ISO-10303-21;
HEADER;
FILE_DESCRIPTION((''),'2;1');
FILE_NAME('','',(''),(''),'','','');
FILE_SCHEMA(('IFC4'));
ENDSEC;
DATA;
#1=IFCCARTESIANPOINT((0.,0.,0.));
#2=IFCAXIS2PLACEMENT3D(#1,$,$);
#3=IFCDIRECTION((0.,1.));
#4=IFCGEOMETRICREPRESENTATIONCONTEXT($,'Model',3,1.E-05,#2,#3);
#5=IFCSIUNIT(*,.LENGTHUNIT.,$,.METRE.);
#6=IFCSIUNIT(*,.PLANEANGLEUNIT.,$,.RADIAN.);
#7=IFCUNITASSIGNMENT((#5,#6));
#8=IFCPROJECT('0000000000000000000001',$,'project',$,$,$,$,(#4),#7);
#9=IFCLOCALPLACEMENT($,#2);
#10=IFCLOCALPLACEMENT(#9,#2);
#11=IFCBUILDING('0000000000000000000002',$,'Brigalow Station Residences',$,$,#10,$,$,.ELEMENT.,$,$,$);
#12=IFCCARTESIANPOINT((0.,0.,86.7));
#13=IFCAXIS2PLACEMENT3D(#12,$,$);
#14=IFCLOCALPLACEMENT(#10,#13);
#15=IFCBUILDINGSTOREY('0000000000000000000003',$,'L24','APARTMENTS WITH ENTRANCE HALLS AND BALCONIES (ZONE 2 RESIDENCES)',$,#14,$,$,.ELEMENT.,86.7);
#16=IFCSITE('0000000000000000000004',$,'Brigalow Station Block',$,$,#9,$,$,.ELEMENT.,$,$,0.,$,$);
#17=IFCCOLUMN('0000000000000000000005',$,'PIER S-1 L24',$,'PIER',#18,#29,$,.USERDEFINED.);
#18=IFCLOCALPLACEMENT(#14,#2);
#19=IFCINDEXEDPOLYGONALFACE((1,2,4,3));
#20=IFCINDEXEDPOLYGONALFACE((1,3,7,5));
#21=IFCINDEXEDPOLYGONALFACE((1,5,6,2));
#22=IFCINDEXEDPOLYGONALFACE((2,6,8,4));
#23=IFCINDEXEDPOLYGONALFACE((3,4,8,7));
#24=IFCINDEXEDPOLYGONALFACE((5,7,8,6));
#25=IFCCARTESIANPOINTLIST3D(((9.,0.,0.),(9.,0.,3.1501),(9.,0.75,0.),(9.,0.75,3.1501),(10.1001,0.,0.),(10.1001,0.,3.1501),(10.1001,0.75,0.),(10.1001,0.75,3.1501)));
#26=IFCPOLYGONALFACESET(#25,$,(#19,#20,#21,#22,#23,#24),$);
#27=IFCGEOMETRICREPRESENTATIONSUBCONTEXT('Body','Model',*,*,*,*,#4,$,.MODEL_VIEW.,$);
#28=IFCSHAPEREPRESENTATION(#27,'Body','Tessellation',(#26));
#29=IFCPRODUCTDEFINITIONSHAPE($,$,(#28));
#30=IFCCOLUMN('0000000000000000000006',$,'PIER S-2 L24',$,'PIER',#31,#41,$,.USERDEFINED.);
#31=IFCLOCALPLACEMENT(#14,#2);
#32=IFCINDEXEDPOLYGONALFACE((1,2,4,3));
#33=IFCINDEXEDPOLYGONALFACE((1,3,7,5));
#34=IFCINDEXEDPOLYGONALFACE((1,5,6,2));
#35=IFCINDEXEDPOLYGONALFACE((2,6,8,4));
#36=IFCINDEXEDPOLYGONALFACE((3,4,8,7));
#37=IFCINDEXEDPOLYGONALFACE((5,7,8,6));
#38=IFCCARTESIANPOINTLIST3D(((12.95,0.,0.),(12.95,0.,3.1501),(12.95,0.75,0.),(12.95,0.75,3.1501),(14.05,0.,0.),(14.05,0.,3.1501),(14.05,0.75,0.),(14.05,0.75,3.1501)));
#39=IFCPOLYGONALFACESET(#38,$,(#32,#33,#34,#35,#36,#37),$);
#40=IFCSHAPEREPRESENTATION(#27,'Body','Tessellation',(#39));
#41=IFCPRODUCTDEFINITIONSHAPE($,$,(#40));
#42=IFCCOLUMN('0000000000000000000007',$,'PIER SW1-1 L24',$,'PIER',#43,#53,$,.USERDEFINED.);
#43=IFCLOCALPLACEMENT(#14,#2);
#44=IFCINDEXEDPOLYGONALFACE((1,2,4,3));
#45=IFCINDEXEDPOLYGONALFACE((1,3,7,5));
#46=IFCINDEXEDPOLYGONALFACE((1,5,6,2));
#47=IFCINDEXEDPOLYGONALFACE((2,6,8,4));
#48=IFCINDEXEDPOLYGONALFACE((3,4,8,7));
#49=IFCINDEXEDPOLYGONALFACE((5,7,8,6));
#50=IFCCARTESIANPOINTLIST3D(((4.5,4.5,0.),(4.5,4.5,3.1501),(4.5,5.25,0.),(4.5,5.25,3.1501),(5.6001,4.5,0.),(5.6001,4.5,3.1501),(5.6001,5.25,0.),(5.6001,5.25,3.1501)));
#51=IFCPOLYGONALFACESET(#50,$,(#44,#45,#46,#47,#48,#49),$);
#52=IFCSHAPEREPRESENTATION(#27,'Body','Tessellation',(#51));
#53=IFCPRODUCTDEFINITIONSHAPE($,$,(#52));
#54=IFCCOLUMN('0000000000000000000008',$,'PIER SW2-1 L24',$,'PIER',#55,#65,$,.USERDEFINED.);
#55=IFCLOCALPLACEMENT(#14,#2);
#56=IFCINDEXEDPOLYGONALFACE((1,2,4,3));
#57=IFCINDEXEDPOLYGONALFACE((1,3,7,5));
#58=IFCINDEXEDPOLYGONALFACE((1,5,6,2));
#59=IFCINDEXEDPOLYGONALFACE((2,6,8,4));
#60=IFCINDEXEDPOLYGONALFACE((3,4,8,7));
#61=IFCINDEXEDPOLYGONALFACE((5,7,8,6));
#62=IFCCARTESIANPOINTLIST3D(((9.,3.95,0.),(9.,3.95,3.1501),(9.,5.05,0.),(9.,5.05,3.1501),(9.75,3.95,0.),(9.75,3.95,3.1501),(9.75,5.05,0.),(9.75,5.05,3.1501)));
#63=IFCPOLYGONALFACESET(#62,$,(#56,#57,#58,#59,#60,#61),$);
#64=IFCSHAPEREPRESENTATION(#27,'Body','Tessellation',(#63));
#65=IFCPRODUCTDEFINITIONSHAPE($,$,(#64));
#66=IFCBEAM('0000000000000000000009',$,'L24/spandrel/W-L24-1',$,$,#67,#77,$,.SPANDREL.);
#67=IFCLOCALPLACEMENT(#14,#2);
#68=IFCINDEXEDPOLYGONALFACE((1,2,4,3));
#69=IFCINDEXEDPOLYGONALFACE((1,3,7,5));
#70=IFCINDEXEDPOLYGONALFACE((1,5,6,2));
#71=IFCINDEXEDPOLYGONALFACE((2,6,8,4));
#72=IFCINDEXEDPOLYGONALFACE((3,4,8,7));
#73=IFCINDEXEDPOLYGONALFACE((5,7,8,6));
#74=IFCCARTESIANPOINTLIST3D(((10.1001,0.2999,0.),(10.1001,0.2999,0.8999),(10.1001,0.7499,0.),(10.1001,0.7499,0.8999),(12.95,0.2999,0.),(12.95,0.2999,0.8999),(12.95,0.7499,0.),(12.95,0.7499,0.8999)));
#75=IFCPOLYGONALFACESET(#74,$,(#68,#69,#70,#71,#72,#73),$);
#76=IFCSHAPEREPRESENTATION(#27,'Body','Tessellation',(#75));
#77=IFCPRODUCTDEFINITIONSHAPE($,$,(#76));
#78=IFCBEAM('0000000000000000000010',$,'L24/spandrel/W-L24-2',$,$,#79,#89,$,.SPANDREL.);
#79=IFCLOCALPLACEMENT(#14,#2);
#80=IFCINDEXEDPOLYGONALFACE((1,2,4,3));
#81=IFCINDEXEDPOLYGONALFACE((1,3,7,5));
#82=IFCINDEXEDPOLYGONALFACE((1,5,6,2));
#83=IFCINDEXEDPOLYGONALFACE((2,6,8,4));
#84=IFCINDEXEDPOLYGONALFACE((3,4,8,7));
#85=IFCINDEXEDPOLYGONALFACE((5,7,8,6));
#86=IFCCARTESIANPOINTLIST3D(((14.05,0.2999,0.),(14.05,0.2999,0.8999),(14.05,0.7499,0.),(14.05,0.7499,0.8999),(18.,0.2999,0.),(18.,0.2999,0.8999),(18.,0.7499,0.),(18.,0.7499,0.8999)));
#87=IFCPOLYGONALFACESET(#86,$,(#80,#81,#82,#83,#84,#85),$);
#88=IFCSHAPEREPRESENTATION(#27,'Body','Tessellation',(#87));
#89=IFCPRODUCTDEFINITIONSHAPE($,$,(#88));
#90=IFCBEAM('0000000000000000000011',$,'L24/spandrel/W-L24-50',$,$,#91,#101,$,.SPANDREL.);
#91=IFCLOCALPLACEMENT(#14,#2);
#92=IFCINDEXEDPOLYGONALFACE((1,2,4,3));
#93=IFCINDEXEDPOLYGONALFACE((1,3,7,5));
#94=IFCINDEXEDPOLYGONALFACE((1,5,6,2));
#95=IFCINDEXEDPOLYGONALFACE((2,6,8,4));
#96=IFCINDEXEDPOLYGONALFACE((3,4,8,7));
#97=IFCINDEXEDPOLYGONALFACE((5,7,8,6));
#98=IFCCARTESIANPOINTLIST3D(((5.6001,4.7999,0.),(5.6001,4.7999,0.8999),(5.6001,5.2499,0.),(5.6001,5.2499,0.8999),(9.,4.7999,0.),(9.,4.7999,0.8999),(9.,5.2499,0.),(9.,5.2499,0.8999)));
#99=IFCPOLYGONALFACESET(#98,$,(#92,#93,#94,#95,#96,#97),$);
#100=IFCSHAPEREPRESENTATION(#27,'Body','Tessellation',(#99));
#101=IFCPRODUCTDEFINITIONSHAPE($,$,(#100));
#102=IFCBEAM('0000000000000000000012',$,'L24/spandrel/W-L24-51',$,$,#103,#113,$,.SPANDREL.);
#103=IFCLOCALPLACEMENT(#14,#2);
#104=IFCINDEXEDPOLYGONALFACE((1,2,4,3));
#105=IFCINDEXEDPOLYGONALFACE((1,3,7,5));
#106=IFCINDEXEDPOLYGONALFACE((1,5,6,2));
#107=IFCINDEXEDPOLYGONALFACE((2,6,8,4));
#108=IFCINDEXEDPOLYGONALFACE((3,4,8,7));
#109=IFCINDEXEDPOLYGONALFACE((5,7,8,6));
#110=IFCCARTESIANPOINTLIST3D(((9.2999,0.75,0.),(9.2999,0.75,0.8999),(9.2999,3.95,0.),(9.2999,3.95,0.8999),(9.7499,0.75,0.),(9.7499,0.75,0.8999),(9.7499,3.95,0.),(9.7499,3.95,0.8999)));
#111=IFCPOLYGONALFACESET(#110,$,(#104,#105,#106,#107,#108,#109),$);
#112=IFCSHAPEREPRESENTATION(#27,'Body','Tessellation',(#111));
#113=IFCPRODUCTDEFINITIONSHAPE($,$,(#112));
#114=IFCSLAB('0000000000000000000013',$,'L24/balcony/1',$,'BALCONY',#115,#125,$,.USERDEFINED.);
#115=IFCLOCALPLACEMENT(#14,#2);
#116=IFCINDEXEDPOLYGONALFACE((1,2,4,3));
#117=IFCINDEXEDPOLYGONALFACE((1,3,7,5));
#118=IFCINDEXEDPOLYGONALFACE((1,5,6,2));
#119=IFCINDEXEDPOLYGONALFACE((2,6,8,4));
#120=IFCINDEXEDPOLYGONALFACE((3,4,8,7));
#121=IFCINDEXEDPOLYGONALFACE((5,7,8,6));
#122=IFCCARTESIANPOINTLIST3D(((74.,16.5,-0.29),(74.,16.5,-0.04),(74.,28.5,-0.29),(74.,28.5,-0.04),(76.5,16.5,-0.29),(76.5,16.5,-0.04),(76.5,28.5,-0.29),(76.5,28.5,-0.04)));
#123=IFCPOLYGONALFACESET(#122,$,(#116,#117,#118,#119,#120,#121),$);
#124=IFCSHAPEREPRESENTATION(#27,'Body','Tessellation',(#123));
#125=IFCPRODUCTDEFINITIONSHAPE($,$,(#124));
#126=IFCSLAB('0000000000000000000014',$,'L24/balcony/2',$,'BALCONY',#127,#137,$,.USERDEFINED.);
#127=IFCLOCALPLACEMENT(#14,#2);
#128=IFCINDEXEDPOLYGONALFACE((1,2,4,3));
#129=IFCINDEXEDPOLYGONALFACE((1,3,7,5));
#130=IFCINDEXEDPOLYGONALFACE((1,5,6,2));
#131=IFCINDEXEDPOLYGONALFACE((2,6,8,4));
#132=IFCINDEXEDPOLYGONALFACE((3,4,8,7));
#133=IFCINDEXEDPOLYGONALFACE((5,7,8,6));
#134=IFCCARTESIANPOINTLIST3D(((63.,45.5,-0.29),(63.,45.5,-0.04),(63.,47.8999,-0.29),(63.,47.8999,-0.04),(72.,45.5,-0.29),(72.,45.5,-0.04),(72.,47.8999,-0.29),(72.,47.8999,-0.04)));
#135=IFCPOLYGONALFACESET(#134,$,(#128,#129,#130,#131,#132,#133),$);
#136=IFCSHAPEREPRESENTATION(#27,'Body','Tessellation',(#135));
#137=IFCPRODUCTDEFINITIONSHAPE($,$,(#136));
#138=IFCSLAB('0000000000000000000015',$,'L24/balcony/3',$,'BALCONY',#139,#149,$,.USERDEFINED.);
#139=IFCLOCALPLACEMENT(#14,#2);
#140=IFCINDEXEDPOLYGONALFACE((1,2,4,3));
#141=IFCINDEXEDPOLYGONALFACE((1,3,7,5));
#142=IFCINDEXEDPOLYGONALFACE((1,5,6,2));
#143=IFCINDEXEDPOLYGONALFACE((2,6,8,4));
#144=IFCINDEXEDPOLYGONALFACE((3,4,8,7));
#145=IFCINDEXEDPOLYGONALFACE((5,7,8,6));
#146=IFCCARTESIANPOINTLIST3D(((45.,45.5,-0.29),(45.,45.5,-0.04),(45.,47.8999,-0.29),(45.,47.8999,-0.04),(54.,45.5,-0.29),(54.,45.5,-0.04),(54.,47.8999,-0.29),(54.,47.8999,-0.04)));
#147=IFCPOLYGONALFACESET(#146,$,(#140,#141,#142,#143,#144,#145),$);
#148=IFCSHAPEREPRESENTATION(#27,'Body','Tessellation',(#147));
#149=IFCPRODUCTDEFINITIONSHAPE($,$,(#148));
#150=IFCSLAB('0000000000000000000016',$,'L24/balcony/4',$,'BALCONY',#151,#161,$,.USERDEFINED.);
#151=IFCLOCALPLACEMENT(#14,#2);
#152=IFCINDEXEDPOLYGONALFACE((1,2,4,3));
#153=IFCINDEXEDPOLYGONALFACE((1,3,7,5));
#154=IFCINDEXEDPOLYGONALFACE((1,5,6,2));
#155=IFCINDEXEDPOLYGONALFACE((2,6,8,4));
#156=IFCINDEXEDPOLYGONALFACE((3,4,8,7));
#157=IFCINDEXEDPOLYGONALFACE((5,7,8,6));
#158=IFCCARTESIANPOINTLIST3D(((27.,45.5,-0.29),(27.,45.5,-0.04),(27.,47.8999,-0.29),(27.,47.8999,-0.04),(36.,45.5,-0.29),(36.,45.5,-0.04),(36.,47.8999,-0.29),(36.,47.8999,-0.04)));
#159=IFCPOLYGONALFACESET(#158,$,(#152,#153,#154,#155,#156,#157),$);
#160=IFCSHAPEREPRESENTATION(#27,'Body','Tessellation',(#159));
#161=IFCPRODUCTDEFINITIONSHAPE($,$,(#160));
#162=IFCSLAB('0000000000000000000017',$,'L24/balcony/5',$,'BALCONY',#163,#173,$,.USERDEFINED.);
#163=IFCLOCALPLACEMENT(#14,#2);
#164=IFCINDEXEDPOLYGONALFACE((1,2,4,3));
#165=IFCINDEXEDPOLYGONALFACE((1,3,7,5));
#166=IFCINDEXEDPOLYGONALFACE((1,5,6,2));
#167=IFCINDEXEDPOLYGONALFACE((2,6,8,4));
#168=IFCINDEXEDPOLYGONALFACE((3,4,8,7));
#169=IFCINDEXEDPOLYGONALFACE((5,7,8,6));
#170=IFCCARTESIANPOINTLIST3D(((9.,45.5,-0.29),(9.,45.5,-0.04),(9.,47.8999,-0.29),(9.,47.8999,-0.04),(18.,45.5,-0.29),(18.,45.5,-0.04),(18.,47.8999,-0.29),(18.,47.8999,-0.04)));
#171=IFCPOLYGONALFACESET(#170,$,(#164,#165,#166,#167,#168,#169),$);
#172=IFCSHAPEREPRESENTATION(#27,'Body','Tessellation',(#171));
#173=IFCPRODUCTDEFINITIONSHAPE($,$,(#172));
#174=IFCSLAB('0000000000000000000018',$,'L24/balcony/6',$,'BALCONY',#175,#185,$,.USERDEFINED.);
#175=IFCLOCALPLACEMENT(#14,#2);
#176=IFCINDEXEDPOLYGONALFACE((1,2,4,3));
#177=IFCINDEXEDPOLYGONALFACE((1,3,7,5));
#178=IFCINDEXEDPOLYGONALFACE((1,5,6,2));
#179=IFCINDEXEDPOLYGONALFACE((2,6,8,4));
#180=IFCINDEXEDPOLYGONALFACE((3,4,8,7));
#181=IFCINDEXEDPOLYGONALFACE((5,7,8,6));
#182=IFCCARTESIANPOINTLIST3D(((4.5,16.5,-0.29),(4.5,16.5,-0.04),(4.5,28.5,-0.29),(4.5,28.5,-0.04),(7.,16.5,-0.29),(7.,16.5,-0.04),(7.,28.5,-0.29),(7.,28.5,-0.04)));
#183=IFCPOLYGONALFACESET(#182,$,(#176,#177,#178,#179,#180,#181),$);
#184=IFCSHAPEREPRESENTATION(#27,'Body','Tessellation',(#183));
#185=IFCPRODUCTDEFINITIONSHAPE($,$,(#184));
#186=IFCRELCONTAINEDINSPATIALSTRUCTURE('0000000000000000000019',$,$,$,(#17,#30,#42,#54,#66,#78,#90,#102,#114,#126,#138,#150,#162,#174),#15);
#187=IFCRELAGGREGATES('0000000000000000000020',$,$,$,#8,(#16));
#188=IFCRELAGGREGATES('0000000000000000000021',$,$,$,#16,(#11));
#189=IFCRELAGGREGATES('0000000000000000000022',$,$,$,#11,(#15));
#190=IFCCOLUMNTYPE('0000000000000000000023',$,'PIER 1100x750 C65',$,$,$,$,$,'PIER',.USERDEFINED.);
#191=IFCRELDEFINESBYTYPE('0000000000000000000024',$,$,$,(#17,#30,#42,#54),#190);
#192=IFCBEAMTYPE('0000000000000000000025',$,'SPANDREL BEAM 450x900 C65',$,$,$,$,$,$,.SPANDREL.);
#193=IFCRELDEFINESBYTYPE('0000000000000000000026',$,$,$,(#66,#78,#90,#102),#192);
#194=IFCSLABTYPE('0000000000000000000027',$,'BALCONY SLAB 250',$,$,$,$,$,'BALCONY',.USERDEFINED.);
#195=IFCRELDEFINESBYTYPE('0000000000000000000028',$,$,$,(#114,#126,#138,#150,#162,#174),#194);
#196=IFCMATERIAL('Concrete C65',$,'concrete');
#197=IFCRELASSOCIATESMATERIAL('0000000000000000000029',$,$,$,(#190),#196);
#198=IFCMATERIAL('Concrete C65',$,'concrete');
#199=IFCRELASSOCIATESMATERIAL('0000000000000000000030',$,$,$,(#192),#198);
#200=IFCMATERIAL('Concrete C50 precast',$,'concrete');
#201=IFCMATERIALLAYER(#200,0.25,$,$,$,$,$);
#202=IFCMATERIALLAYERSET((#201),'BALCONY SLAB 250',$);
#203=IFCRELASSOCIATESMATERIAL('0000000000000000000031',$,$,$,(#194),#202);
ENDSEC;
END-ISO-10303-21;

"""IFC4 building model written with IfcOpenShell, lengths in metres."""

from ifc_helpers import new_model, si_unit, direction, frame, origin, origin_2d, place, context, subcontext, project, spatial, polyline, rectangle, outline, extrude, material, layer, layer_set, material_profile, profile_set, type_object, element, save


model = new_model("IFC4")

# Units and contexts
model_context = context("Model", 3, precision=1e-05, world=origin(), true_north=direction((0.0, 1.0)))
body_context = subcontext(model_context, "Body", "Model", "MODEL_VIEW")
ifc_project = project(units=[si_unit("LENGTHUNIT", "METRE"), si_unit("PLANEANGLEUNIT", "RADIAN")], contexts=[model_context])

# Site, building, storey
site_placement = place(None, origin())
site = spatial("IfcSite", under=ifc_project, at=site_placement, Name="Brigalow Station Block", CompositionType="ELEMENT", RefElevation=0.0)
building_placement = place(site_placement, origin())
building = spatial("IfcBuilding", under=site, at=building_placement, Name="Brigalow Station Residences", CompositionType="ELEMENT")
storey_placement = place(building_placement, frame((0.0, 0.0, 86.7)))
storey = spatial("IfcBuildingStorey", under=building, at=storey_placement, Name="L24", Description="APARTMENTS WITH ENTRANCE HALLS AND BALCONIES (ZONE 2 RESIDENCES)", CompositionType="ELEMENT", Elevation=86.7)

# Columns
ifc_material_1 = material(Name="Concrete C65", Category="concrete")
ifc_material_profile_1 = material_profile(ifc_material_1, rectangle(XDim=1.1001, YDim=0.75, at=origin_2d()), Name="RC1100x750")
ifc_profile_set_1 = profile_set([ifc_material_profile_1], Name="Concrete C65")
column_type = type_object("IfcColumnType", Name="PIER 1100x750 C65", ElementType="PIER", PredefinedType="USERDEFINED", material=ifc_profile_set_1)
for number, where, z_axis, x_axis, name in (
    (1, (9.55, 0.375, 0.0), (0.0, 0.0, 1.0), (1.0, 0.0, 0.0), "PIER S-1 L24"),
    (2, (13.5, 0.375, 0.0), (0.0, 0.0, 1.0), (1.0, 0.0, 0.0), "PIER S-2 L24"),
    (3, (5.05, 4.875, 0.0), (0.0, 0.0, 1.0), (1.0, 0.0, 0.0), "PIER SW1-1 L24"),
    (4, (9.375, 4.5, 0.0), (0.0, 0.0, 1.0), (0.0, -1.0, 0.0), "PIER SW2-1 L24"),
):
    element("IfcColumn", number, at=place(storey_placement, frame(where, z_axis=z_axis, x_axis=x_axis)), inside=storey, type_object=column_type, Name=name, ObjectType="PIER", PredefinedType="USERDEFINED", context=body_context, shape_type="SweptSolid", body=[
        extrude(rectangle(XDim=1.1001, YDim=0.75, at=origin_2d()), origin(), (0.0, 0.0, 1.0), 3.1501),
    ])

# Beams
ifc_material_2 = material(Name="Concrete C65", Category="concrete")
ifc_material_profile_2 = material_profile(ifc_material_2, rectangle(XDim=0.45, YDim=0.8999, at=origin_2d()), Name="RC450x900")
ifc_profile_set_2 = profile_set([ifc_material_profile_2], Name="Concrete C65")
beam_type = type_object("IfcBeamType", Name="SPANDREL BEAM 450x900 C65", PredefinedType="SPANDREL", material=ifc_profile_set_2)
beam_1_placement = place(storey_placement, frame((10.1001, 0.5249, 0.45), z_axis=(1.0, 0.0, 0.0), x_axis=(0.0, 1.0, 0.0)))
element("IfcBeam", 5, at=beam_1_placement, inside=storey, type_object=beam_type, Name="L24/spandrel/W-L24-1", PredefinedType="SPANDREL", context=body_context, shape_type="SweptSolid", body=[
    extrude(rectangle(XDim=0.45, YDim=0.8999, at=origin_2d()), origin(), (0.0, 0.0, 1.0), 2.8499),
])
beam_2_placement = place(storey_placement, frame((14.05, 0.5249, 0.45), z_axis=(1.0, 0.0, 0.0), x_axis=(0.0, 1.0, 0.0)))
element("IfcBeam", 6, at=beam_2_placement, inside=storey, type_object=beam_type, Name="L24/spandrel/W-L24-2", PredefinedType="SPANDREL", context=body_context, shape_type="SweptSolid", body=[
    extrude(rectangle(XDim=0.45, YDim=0.8999, at=origin_2d()), origin(), (0.0, 0.0, 1.0), 3.95),
])
beam_3_placement = place(storey_placement, frame((5.6001, 5.0249, 0.45), z_axis=(1.0, 0.0, 0.0), x_axis=(0.0, 1.0, 0.0)))
element("IfcBeam", 7, at=beam_3_placement, inside=storey, type_object=beam_type, Name="L24/spandrel/W-L24-50", PredefinedType="SPANDREL", context=body_context, shape_type="SweptSolid", body=[
    extrude(rectangle(XDim=0.45, YDim=0.8999, at=origin_2d()), origin(), (0.0, 0.0, 1.0), 3.3999),
])
beam_4_placement = place(storey_placement, frame((9.5249, 3.95, 0.45), z_axis=(0.0, -1.0, 0.0), x_axis=(1.0, 0.0, 0.0)))
element("IfcBeam", 8, at=beam_4_placement, inside=storey, type_object=beam_type, Name="L24/spandrel/W-L24-51", PredefinedType="SPANDREL", context=body_context, shape_type="SweptSolid", body=[
    extrude(rectangle(XDim=0.45, YDim=0.8999, at=origin_2d()), origin(), (0.0, 0.0, 1.0), 3.2),
])

# Slabs
ifc_material_3 = material(Name="Concrete C50 precast", Category="concrete")
ifc_layer_1 = layer(ifc_material_3, 0.25)
ifc_layer_set_1 = layer_set([ifc_layer_1], Name="BALCONY SLAB 250")
slab_type_1 = type_object("IfcSlabType", Name="BALCONY SLAB 250", ElementType="BALCONY", PredefinedType="USERDEFINED", material=ifc_layer_set_1)
slab_1_placement = place(storey_placement, frame((0.0, 0.0, -0.29)))
element("IfcSlab", 9, at=slab_1_placement, inside=storey, type_object=slab_type_1, Name="L24/balcony/1", ObjectType="BALCONY", PredefinedType="USERDEFINED", context=body_context, shape_type="SweptSolid", body=[
    extrude(outline(polyline([(74.0, 16.5), (76.5, 16.5), (76.5, 28.5), (74.0, 28.5), (74.0, 16.5)])), origin(), (0.0, 0.0, 1.0), 0.25),
])
slab_2_placement = place(storey_placement, frame((0.0, 0.0, -0.29)))
element("IfcSlab", 10, at=slab_2_placement, inside=storey, type_object=slab_type_1, Name="L24/balcony/2", ObjectType="BALCONY", PredefinedType="USERDEFINED", context=body_context, shape_type="SweptSolid", body=[
    extrude(outline(polyline([(72.0, 45.5), (72.0, 47.8999), (63.0, 47.8999), (63.0, 45.5), (72.0, 45.5)])), origin(), (0.0, 0.0, 1.0), 0.25),
])
slab_3_placement = place(storey_placement, frame((0.0, 0.0, -0.29)))
element("IfcSlab", 11, at=slab_3_placement, inside=storey, type_object=slab_type_1, Name="L24/balcony/3", ObjectType="BALCONY", PredefinedType="USERDEFINED", context=body_context, shape_type="SweptSolid", body=[
    extrude(outline(polyline([(54.0, 45.5), (54.0, 47.8999), (45.0, 47.8999), (45.0, 45.5), (54.0, 45.5)])), origin(), (0.0, 0.0, 1.0), 0.25),
])
slab_4_placement = place(storey_placement, frame((0.0, 0.0, -0.29)))
element("IfcSlab", 12, at=slab_4_placement, inside=storey, type_object=slab_type_1, Name="L24/balcony/4", ObjectType="BALCONY", PredefinedType="USERDEFINED", context=body_context, shape_type="SweptSolid", body=[
    extrude(outline(polyline([(36.0, 45.5), (36.0, 47.8999), (27.0, 47.8999), (27.0, 45.5), (36.0, 45.5)])), origin(), (0.0, 0.0, 1.0), 0.25),
])
slab_5_placement = place(storey_placement, frame((0.0, 0.0, -0.29)))
element("IfcSlab", 13, at=slab_5_placement, inside=storey, type_object=slab_type_1, Name="L24/balcony/5", ObjectType="BALCONY", PredefinedType="USERDEFINED", context=body_context, shape_type="SweptSolid", body=[
    extrude(outline(polyline([(18.0, 45.5), (18.0, 47.8999), (9.0, 47.8999), (9.0, 45.5), (18.0, 45.5)])), origin(), (0.0, 0.0, 1.0), 0.25),
])
slab_6_placement = place(storey_placement, frame((0.0, 0.0, -0.29)))
element("IfcSlab", 14, at=slab_6_placement, inside=storey, type_object=slab_type_1, Name="L24/balcony/6", ObjectType="BALCONY", PredefinedType="USERDEFINED", context=body_context, shape_type="SweptSolid", body=[
    extrude(outline(polyline([(7.0, 28.5), (4.5, 28.5), (4.5, 16.5), (7.0, 16.5), (7.0, 28.5)])), origin(), (0.0, 0.0, 1.0), 0.25),
])

save(model, "model.ifc")
